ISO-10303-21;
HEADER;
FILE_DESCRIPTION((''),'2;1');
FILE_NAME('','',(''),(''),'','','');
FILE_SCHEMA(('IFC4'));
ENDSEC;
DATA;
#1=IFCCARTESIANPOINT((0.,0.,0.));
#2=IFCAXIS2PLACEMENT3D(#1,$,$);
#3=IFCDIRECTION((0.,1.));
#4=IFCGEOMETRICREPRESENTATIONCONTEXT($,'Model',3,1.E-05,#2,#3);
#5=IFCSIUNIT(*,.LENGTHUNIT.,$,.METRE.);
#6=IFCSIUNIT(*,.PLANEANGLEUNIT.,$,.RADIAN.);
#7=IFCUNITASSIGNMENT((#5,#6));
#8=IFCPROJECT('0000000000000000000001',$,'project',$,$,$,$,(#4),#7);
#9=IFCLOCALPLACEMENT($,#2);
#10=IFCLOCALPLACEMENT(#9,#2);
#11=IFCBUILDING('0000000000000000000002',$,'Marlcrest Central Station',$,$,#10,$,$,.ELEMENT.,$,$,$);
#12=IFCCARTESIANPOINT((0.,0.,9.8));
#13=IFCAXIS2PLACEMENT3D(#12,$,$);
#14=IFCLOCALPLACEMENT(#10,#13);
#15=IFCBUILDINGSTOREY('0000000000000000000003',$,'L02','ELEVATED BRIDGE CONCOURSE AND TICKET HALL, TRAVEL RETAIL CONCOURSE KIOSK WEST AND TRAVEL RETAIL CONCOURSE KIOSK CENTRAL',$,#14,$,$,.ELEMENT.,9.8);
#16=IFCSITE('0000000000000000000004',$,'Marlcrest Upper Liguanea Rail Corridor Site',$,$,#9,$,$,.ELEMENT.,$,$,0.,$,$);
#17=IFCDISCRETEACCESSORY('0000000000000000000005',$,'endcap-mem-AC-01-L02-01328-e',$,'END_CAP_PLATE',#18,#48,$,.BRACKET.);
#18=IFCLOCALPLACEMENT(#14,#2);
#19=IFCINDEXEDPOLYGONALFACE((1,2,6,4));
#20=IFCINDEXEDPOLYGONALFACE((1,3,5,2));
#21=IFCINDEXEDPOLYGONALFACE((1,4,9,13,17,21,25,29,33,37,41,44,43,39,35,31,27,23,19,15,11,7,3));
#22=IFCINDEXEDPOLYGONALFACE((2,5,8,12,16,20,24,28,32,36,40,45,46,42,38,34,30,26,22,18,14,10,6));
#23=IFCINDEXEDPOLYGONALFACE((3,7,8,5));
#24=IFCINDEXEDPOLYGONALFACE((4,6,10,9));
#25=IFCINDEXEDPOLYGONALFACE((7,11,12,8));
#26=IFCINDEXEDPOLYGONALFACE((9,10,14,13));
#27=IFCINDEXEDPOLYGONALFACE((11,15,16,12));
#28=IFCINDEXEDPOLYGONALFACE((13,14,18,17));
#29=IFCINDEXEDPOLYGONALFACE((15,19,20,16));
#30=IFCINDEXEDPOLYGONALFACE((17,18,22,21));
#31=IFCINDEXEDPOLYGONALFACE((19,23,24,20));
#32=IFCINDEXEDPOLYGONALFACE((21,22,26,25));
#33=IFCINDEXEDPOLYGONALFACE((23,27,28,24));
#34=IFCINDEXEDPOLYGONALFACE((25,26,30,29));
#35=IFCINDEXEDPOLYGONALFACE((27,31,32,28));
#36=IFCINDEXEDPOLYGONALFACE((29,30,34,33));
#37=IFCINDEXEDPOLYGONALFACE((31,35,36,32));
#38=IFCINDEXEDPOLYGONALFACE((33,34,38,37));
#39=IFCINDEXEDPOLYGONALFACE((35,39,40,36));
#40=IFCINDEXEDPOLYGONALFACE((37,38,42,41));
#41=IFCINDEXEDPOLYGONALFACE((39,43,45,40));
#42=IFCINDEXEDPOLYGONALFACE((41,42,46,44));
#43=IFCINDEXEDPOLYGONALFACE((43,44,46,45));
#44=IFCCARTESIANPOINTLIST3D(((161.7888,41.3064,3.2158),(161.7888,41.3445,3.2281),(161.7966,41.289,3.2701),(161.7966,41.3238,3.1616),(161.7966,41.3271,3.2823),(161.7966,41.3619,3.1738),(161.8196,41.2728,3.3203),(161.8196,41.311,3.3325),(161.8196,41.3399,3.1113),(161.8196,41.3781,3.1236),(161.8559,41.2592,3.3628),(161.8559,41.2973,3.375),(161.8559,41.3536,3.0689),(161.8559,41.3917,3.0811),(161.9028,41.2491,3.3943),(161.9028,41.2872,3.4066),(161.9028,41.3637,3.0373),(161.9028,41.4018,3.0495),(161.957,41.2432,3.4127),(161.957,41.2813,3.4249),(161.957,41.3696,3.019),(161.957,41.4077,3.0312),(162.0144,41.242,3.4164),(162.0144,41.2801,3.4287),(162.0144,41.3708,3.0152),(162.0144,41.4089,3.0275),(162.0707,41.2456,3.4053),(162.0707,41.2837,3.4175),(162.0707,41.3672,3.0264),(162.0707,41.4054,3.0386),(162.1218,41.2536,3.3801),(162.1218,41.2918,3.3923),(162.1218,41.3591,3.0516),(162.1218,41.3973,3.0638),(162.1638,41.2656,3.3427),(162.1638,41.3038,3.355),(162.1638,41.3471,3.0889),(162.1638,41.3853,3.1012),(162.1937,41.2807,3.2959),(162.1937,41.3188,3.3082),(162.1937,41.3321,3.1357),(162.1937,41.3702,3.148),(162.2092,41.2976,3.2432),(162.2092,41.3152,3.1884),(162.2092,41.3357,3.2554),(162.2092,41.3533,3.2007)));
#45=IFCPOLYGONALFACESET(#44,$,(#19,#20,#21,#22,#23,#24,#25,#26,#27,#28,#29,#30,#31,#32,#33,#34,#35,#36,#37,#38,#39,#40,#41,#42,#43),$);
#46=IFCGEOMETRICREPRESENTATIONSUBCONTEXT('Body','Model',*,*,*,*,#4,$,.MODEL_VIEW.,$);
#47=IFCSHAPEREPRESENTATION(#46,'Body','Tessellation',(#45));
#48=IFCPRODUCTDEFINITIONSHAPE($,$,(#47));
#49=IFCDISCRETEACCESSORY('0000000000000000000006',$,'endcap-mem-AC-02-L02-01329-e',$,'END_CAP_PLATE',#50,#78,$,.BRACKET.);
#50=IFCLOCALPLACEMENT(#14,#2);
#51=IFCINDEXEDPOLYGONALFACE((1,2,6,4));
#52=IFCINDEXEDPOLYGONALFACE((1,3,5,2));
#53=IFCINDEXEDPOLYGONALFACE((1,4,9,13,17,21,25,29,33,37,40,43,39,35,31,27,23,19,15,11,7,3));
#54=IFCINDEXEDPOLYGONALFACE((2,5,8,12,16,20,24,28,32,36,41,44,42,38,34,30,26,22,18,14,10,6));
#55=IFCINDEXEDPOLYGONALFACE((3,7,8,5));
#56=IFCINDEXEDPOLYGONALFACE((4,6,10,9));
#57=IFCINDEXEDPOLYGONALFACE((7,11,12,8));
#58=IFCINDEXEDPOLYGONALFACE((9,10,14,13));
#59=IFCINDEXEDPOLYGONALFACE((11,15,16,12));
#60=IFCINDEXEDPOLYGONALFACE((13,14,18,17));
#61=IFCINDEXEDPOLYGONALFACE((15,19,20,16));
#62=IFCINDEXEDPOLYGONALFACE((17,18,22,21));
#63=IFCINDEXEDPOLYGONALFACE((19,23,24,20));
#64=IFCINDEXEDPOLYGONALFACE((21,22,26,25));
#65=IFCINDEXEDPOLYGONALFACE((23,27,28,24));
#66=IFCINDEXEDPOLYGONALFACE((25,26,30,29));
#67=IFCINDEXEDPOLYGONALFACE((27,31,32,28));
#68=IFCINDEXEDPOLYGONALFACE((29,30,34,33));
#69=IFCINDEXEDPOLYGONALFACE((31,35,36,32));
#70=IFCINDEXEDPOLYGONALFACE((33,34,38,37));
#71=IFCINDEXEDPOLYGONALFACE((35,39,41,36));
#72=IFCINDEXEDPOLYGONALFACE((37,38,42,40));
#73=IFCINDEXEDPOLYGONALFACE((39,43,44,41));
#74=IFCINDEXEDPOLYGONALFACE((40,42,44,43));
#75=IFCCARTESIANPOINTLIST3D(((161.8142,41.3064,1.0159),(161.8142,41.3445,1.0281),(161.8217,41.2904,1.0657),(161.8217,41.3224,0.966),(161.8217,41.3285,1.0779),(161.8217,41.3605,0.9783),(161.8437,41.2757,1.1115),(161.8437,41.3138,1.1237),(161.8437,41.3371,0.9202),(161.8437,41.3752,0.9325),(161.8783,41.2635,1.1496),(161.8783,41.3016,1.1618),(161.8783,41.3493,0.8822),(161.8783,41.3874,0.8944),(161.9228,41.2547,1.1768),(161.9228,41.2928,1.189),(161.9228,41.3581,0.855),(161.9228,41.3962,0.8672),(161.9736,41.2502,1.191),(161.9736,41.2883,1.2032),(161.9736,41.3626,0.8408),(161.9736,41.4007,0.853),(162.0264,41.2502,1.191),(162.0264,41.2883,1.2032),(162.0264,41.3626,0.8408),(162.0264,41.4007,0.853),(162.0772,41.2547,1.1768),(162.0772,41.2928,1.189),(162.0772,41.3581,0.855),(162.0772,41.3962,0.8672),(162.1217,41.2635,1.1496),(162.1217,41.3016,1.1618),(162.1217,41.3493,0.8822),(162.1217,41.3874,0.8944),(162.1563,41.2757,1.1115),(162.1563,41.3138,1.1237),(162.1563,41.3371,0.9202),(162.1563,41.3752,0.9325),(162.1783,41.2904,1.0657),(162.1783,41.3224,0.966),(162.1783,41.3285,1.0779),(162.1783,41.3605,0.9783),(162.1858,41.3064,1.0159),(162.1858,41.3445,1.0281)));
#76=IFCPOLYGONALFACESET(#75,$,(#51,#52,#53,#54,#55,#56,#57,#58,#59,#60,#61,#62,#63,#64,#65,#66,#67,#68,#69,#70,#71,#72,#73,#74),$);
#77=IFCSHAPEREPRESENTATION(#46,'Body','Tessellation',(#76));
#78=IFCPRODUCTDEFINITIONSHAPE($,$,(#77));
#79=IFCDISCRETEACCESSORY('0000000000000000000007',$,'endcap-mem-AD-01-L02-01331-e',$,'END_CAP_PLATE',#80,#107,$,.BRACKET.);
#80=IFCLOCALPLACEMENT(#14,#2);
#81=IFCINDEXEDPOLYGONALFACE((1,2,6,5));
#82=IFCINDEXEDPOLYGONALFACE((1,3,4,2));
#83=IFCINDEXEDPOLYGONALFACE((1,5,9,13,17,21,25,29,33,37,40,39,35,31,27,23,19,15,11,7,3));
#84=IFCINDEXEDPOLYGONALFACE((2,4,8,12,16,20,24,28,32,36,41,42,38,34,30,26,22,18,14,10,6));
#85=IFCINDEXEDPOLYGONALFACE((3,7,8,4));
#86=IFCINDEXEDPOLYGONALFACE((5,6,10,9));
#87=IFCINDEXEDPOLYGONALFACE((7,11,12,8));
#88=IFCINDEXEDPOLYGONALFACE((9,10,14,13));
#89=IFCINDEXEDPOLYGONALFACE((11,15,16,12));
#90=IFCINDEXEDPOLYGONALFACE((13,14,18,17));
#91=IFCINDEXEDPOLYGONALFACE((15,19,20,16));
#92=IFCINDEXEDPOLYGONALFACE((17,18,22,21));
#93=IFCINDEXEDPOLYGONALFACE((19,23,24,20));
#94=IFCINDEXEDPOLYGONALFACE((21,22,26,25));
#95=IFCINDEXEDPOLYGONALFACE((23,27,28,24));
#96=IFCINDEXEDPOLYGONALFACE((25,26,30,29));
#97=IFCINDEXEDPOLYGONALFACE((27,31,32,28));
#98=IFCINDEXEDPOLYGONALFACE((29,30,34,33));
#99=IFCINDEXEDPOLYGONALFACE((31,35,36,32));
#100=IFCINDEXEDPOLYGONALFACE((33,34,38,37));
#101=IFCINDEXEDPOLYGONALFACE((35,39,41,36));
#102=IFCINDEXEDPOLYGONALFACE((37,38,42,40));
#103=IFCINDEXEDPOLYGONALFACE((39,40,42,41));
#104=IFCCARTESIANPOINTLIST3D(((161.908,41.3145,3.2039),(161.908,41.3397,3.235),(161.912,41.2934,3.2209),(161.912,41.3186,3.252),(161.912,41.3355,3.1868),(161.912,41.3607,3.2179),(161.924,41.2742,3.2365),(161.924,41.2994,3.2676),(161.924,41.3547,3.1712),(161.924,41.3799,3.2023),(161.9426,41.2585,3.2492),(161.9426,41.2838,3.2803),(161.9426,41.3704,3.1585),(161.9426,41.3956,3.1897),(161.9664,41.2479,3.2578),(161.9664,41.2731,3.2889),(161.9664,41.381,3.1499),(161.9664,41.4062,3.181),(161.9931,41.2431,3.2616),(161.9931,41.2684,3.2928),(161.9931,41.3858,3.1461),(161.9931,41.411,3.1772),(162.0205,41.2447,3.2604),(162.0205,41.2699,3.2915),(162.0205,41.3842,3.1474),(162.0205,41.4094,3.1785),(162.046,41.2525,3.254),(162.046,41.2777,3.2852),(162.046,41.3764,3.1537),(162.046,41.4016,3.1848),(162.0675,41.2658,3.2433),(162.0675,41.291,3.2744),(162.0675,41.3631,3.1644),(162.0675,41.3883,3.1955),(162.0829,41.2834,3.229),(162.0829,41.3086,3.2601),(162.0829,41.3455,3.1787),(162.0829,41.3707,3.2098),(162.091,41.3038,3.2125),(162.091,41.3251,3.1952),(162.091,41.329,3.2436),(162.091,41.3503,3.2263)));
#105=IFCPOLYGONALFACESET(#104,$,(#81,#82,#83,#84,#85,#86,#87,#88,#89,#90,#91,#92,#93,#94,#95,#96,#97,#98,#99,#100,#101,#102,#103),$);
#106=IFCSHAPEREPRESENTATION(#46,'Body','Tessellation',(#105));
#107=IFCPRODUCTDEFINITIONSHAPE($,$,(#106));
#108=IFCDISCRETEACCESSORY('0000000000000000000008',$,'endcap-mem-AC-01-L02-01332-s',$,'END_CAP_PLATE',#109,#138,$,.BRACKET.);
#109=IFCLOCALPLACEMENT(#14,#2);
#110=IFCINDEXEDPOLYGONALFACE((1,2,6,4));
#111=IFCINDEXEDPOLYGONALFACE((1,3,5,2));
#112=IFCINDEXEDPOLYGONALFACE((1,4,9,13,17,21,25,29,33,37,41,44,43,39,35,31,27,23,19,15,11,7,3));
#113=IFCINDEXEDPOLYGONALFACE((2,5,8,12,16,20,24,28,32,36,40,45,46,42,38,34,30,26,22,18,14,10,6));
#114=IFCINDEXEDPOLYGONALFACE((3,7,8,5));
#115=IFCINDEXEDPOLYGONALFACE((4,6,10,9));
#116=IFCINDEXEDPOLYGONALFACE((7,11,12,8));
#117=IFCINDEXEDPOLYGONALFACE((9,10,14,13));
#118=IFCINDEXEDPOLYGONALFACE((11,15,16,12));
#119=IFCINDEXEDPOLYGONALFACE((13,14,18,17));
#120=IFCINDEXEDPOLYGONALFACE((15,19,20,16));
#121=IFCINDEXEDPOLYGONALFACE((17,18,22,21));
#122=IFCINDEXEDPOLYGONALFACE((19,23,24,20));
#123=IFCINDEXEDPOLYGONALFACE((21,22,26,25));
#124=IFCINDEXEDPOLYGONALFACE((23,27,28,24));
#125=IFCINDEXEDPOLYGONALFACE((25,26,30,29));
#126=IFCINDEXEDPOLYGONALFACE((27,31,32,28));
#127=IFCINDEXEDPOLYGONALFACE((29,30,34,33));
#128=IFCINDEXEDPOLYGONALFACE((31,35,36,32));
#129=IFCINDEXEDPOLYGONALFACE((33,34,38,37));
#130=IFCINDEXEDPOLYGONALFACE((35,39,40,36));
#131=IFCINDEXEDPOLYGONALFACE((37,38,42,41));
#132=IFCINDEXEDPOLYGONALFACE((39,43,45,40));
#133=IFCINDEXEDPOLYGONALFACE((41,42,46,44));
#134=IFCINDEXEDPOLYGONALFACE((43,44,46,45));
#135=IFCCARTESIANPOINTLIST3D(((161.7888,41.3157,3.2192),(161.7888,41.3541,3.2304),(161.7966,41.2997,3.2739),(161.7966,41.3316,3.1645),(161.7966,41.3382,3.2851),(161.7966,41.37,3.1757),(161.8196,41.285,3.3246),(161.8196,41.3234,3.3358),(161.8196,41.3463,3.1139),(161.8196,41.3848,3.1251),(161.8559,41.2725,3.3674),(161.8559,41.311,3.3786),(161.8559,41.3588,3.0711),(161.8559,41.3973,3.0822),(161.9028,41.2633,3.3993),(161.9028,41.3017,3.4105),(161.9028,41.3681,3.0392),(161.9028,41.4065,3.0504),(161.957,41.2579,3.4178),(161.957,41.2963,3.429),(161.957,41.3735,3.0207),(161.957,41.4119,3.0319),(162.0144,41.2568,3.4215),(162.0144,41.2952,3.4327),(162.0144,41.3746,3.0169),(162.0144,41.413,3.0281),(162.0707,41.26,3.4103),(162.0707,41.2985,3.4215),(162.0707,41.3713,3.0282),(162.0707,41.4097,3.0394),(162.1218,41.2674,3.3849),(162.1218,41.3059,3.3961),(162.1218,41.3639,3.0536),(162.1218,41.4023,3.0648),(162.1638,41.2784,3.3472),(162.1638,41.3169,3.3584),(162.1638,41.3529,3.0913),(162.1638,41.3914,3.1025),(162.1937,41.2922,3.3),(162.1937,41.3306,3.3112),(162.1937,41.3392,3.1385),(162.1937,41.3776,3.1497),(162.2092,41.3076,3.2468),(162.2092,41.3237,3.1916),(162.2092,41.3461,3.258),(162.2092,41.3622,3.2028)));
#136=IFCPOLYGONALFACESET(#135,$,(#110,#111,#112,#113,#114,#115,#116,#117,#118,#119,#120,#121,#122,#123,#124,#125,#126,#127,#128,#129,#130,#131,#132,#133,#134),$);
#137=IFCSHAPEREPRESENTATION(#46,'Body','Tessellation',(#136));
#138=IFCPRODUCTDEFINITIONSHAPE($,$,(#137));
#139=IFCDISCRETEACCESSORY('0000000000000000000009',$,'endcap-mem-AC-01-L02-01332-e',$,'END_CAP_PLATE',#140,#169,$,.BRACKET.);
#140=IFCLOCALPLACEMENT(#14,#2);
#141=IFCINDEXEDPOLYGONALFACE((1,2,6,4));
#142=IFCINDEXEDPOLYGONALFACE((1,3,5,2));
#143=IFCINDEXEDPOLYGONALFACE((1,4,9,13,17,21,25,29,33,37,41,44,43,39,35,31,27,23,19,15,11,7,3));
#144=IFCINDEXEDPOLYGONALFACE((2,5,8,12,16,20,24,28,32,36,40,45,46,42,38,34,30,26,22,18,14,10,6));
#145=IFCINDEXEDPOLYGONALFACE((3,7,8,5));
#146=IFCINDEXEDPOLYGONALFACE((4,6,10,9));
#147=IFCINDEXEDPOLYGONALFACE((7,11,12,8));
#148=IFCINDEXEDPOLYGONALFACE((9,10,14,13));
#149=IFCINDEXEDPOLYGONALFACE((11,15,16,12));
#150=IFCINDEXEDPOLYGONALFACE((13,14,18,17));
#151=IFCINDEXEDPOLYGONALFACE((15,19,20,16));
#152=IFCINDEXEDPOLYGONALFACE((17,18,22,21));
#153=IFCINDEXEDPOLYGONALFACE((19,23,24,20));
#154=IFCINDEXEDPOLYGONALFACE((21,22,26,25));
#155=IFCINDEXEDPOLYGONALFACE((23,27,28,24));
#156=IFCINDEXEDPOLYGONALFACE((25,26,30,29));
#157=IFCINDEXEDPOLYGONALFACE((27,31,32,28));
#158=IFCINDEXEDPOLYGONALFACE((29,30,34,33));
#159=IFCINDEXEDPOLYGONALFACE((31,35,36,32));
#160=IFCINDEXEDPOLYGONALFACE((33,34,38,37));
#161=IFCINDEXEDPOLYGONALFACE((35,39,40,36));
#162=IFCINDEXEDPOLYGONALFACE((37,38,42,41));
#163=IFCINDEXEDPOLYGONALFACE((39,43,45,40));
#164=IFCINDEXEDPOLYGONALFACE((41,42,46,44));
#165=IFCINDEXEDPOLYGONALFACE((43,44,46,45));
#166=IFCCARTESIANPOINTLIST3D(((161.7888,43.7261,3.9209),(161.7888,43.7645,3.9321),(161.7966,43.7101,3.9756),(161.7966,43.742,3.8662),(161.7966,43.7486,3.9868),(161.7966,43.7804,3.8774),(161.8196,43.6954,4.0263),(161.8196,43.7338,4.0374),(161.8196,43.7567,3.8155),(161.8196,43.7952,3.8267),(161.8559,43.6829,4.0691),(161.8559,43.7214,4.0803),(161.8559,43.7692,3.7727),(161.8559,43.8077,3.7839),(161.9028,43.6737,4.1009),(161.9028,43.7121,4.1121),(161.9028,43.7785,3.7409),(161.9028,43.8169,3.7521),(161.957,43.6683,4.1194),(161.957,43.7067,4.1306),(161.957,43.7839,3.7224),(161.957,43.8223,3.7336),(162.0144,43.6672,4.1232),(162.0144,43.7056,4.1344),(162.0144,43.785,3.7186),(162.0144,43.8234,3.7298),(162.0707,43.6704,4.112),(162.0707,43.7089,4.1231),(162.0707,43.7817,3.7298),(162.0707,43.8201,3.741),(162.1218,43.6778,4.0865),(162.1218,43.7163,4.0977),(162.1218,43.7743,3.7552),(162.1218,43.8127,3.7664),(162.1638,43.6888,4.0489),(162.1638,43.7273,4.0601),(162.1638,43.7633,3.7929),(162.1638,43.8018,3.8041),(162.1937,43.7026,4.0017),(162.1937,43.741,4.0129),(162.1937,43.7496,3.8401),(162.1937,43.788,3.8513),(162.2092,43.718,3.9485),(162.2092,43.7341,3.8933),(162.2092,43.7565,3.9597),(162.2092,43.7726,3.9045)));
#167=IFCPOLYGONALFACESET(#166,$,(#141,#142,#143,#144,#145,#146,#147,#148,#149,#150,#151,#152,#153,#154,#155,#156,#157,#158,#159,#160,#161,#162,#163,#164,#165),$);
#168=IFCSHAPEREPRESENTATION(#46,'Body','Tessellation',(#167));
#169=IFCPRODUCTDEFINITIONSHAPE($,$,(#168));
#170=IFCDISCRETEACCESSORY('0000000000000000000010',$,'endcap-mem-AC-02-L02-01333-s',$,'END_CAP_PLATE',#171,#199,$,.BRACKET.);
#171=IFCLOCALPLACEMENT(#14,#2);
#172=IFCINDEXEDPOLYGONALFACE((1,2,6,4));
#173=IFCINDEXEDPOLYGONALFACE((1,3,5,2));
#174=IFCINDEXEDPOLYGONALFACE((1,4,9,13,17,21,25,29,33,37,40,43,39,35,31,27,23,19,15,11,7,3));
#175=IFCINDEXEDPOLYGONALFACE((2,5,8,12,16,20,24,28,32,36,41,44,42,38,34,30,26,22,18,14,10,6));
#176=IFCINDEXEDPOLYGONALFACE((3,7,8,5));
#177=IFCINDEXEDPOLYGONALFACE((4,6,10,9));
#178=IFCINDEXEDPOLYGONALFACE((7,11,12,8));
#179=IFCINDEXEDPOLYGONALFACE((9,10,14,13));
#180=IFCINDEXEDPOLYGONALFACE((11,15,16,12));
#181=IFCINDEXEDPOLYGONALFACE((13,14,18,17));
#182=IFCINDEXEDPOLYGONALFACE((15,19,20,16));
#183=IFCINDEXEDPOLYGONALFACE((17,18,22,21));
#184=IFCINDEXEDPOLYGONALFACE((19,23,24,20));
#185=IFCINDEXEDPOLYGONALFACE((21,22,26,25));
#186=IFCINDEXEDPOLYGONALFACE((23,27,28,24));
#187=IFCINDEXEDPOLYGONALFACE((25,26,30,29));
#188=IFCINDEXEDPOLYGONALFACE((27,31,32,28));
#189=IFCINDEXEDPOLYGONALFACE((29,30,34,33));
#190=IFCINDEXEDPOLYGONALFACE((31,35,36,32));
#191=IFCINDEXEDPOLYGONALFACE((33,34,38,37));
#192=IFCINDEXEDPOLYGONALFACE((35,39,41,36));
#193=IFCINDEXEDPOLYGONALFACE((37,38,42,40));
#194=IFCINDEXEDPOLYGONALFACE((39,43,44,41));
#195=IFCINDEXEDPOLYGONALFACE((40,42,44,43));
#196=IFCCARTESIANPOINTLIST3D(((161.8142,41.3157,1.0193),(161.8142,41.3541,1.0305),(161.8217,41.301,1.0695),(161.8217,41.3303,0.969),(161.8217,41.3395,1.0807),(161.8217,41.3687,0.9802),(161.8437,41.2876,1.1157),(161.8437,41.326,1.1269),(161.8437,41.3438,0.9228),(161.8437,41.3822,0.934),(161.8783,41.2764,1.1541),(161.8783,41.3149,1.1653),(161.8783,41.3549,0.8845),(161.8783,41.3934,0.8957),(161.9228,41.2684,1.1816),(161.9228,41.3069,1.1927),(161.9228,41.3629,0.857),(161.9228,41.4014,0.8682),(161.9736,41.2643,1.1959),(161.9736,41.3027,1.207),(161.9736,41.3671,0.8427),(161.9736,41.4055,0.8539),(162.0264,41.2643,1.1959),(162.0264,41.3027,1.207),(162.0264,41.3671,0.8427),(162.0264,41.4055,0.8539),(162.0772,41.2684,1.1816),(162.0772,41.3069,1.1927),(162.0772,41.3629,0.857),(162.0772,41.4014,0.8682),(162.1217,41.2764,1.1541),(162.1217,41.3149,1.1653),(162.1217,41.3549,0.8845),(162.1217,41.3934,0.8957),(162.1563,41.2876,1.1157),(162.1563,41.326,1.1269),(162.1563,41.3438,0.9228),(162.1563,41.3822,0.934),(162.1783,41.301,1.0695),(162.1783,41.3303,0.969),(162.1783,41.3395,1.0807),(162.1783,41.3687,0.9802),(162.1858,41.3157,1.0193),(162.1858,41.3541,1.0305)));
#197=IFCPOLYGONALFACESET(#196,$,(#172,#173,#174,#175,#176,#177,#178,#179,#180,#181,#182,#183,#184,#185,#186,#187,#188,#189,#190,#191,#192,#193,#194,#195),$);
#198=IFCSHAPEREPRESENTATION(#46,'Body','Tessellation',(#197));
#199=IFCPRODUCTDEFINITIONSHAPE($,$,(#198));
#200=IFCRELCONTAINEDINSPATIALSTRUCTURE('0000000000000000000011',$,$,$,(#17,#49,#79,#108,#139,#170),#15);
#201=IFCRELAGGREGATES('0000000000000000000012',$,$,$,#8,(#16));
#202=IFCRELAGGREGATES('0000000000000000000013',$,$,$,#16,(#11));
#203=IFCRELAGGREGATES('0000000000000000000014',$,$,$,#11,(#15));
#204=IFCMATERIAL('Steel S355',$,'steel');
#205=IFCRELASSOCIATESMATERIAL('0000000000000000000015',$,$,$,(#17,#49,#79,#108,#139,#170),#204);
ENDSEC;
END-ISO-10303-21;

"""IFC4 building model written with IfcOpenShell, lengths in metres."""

from ifc_helpers import new_model, si_unit, direction, frame, origin, origin_2d, place, context, subcontext, project, spatial, circle, extrude, material, element, save


model = new_model("IFC4")

# Units and contexts
model_context = context("Model", 3, precision=1e-05, world=origin(), true_north=direction((0.0, 1.0)))
body_context = subcontext(model_context, "Body", "Model", "MODEL_VIEW")
ifc_project = project(units=[si_unit("LENGTHUNIT", "METRE"), si_unit("PLANEANGLEUNIT", "RADIAN")], contexts=[model_context])

# Site, building, storey
site_placement = place(None, origin())
site = spatial("IfcSite", under=ifc_project, at=site_placement, Name="Marlcrest Upper Liguanea Rail Corridor Site", CompositionType="ELEMENT", RefElevation=0.0)
building_placement = place(site_placement, origin())
building = spatial("IfcBuilding", under=site, at=building_placement, Name="Marlcrest Central Station", CompositionType="ELEMENT")
storey_placement = place(building_placement, frame((0.0, 0.0, 9.8)))
storey = spatial("IfcBuildingStorey", under=building, at=storey_placement, Name="L02", Description="ELEVATED BRIDGE CONCOURSE AND TICKET HALL, TRAVEL RETAIL CONCOURSE KIOSK WEST AND TRAVEL RETAIL CONCOURSE KIOSK CENTRAL", CompositionType="ELEMENT", Elevation=9.8)

# Shared definitions
ifc_material_1 = material(Name="Steel S355", Category="steel")

# Discrete accessories
discrete_accessory_1_placement = place(storey_placement, frame((162.0, 41.3064, 3.2158), z_axis=(0.0, 0.952117, 0.305734), x_axis=(-1.0, 0.0, 0.0)))
element("IfcDiscreteAccessory", 1, at=discrete_accessory_1_placement, inside=storey, material=ifc_material_1, Name="endcap-mem-AC-01-L02-01328-e", ObjectType="END_CAP_PLATE", PredefinedType="BRACKET", context=body_context, shape_type="SweptSolid", body=[
    extrude(circle(Radius=0.2112, at=origin_2d()), origin(), (0.0, 0.0, 1.0), 0.04),
])
discrete_accessory_2_placement = place(storey_placement, frame((162.0, 41.3064, 1.0159), z_axis=(0.0, 0.952117, 0.305734), x_axis=(-1.0, 0.0, 0.0)))
element("IfcDiscreteAccessory", 2, at=discrete_accessory_2_placement, inside=storey, material=ifc_material_1, Name="endcap-mem-AC-02-L02-01329-e", ObjectType="END_CAP_PLATE", PredefinedType="BRACKET", context=body_context, shape_type="SweptSolid", body=[
    extrude(circle(Radius=0.1858, at=origin_2d()), origin(), (0.0, 0.0, 1.0), 0.04),
])
discrete_accessory_3_placement = place(storey_placement, frame((162.0, 41.3145, 3.2039), z_axis=(0.0, 0.629629, 0.776896), x_axis=(-1.0, 0.0, 0.0)))
element("IfcDiscreteAccessory", 3, at=discrete_accessory_3_placement, inside=storey, material=ifc_material_1, Name="endcap-mem-AD-01-L02-01331-e", ObjectType="END_CAP_PLATE", PredefinedType="BRACKET", context=body_context, shape_type="SweptSolid", body=[
    extrude(circle(Radius=0.092, at=origin_2d()), origin(), (0.0, 0.0, 1.0), 0.04),
])
for number, where, z_axis, x_axis, name in (
    (4, (162.0, 41.3157, 3.2192), (0.0, 0.96013, 0.279554), (-1.0, 0.0, 0.0), "endcap-mem-AC-01-L02-01332-s"),
    (5, (162.0, 43.7261, 3.9209), (0.0, 0.96013, 0.279554), (-1.0, 0.0, 0.0), "endcap-mem-AC-01-L02-01332-e"),
):
    element("IfcDiscreteAccessory", number, at=place(storey_placement, frame(where, z_axis=z_axis, x_axis=x_axis)), inside=storey, material=ifc_material_1, Name=name, ObjectType="END_CAP_PLATE", PredefinedType="BRACKET", context=body_context, shape_type="SweptSolid", body=[
        extrude(circle(Radius=0.2112, at=origin_2d()), origin(), (0.0, 0.0, 1.0), 0.04),
    ])
for number, where, z_axis, x_axis, name in (
    (6, (162.0, 41.3157, 1.0193), (0.0, 0.96013, 0.279554), (-1.0, 0.0, 0.0), "endcap-mem-AC-02-L02-01333-s"),
):
    element("IfcDiscreteAccessory", number, at=place(storey_placement, frame(where, z_axis=z_axis, x_axis=x_axis)), inside=storey, material=ifc_material_1, Name=name, ObjectType="END_CAP_PLATE", PredefinedType="BRACKET", context=body_context, shape_type="SweptSolid", body=[
        extrude(circle(Radius=0.1858, at=origin_2d()), origin(), (0.0, 0.0, 1.0), 0.04),
    ])

save(model, "model.ifc")
